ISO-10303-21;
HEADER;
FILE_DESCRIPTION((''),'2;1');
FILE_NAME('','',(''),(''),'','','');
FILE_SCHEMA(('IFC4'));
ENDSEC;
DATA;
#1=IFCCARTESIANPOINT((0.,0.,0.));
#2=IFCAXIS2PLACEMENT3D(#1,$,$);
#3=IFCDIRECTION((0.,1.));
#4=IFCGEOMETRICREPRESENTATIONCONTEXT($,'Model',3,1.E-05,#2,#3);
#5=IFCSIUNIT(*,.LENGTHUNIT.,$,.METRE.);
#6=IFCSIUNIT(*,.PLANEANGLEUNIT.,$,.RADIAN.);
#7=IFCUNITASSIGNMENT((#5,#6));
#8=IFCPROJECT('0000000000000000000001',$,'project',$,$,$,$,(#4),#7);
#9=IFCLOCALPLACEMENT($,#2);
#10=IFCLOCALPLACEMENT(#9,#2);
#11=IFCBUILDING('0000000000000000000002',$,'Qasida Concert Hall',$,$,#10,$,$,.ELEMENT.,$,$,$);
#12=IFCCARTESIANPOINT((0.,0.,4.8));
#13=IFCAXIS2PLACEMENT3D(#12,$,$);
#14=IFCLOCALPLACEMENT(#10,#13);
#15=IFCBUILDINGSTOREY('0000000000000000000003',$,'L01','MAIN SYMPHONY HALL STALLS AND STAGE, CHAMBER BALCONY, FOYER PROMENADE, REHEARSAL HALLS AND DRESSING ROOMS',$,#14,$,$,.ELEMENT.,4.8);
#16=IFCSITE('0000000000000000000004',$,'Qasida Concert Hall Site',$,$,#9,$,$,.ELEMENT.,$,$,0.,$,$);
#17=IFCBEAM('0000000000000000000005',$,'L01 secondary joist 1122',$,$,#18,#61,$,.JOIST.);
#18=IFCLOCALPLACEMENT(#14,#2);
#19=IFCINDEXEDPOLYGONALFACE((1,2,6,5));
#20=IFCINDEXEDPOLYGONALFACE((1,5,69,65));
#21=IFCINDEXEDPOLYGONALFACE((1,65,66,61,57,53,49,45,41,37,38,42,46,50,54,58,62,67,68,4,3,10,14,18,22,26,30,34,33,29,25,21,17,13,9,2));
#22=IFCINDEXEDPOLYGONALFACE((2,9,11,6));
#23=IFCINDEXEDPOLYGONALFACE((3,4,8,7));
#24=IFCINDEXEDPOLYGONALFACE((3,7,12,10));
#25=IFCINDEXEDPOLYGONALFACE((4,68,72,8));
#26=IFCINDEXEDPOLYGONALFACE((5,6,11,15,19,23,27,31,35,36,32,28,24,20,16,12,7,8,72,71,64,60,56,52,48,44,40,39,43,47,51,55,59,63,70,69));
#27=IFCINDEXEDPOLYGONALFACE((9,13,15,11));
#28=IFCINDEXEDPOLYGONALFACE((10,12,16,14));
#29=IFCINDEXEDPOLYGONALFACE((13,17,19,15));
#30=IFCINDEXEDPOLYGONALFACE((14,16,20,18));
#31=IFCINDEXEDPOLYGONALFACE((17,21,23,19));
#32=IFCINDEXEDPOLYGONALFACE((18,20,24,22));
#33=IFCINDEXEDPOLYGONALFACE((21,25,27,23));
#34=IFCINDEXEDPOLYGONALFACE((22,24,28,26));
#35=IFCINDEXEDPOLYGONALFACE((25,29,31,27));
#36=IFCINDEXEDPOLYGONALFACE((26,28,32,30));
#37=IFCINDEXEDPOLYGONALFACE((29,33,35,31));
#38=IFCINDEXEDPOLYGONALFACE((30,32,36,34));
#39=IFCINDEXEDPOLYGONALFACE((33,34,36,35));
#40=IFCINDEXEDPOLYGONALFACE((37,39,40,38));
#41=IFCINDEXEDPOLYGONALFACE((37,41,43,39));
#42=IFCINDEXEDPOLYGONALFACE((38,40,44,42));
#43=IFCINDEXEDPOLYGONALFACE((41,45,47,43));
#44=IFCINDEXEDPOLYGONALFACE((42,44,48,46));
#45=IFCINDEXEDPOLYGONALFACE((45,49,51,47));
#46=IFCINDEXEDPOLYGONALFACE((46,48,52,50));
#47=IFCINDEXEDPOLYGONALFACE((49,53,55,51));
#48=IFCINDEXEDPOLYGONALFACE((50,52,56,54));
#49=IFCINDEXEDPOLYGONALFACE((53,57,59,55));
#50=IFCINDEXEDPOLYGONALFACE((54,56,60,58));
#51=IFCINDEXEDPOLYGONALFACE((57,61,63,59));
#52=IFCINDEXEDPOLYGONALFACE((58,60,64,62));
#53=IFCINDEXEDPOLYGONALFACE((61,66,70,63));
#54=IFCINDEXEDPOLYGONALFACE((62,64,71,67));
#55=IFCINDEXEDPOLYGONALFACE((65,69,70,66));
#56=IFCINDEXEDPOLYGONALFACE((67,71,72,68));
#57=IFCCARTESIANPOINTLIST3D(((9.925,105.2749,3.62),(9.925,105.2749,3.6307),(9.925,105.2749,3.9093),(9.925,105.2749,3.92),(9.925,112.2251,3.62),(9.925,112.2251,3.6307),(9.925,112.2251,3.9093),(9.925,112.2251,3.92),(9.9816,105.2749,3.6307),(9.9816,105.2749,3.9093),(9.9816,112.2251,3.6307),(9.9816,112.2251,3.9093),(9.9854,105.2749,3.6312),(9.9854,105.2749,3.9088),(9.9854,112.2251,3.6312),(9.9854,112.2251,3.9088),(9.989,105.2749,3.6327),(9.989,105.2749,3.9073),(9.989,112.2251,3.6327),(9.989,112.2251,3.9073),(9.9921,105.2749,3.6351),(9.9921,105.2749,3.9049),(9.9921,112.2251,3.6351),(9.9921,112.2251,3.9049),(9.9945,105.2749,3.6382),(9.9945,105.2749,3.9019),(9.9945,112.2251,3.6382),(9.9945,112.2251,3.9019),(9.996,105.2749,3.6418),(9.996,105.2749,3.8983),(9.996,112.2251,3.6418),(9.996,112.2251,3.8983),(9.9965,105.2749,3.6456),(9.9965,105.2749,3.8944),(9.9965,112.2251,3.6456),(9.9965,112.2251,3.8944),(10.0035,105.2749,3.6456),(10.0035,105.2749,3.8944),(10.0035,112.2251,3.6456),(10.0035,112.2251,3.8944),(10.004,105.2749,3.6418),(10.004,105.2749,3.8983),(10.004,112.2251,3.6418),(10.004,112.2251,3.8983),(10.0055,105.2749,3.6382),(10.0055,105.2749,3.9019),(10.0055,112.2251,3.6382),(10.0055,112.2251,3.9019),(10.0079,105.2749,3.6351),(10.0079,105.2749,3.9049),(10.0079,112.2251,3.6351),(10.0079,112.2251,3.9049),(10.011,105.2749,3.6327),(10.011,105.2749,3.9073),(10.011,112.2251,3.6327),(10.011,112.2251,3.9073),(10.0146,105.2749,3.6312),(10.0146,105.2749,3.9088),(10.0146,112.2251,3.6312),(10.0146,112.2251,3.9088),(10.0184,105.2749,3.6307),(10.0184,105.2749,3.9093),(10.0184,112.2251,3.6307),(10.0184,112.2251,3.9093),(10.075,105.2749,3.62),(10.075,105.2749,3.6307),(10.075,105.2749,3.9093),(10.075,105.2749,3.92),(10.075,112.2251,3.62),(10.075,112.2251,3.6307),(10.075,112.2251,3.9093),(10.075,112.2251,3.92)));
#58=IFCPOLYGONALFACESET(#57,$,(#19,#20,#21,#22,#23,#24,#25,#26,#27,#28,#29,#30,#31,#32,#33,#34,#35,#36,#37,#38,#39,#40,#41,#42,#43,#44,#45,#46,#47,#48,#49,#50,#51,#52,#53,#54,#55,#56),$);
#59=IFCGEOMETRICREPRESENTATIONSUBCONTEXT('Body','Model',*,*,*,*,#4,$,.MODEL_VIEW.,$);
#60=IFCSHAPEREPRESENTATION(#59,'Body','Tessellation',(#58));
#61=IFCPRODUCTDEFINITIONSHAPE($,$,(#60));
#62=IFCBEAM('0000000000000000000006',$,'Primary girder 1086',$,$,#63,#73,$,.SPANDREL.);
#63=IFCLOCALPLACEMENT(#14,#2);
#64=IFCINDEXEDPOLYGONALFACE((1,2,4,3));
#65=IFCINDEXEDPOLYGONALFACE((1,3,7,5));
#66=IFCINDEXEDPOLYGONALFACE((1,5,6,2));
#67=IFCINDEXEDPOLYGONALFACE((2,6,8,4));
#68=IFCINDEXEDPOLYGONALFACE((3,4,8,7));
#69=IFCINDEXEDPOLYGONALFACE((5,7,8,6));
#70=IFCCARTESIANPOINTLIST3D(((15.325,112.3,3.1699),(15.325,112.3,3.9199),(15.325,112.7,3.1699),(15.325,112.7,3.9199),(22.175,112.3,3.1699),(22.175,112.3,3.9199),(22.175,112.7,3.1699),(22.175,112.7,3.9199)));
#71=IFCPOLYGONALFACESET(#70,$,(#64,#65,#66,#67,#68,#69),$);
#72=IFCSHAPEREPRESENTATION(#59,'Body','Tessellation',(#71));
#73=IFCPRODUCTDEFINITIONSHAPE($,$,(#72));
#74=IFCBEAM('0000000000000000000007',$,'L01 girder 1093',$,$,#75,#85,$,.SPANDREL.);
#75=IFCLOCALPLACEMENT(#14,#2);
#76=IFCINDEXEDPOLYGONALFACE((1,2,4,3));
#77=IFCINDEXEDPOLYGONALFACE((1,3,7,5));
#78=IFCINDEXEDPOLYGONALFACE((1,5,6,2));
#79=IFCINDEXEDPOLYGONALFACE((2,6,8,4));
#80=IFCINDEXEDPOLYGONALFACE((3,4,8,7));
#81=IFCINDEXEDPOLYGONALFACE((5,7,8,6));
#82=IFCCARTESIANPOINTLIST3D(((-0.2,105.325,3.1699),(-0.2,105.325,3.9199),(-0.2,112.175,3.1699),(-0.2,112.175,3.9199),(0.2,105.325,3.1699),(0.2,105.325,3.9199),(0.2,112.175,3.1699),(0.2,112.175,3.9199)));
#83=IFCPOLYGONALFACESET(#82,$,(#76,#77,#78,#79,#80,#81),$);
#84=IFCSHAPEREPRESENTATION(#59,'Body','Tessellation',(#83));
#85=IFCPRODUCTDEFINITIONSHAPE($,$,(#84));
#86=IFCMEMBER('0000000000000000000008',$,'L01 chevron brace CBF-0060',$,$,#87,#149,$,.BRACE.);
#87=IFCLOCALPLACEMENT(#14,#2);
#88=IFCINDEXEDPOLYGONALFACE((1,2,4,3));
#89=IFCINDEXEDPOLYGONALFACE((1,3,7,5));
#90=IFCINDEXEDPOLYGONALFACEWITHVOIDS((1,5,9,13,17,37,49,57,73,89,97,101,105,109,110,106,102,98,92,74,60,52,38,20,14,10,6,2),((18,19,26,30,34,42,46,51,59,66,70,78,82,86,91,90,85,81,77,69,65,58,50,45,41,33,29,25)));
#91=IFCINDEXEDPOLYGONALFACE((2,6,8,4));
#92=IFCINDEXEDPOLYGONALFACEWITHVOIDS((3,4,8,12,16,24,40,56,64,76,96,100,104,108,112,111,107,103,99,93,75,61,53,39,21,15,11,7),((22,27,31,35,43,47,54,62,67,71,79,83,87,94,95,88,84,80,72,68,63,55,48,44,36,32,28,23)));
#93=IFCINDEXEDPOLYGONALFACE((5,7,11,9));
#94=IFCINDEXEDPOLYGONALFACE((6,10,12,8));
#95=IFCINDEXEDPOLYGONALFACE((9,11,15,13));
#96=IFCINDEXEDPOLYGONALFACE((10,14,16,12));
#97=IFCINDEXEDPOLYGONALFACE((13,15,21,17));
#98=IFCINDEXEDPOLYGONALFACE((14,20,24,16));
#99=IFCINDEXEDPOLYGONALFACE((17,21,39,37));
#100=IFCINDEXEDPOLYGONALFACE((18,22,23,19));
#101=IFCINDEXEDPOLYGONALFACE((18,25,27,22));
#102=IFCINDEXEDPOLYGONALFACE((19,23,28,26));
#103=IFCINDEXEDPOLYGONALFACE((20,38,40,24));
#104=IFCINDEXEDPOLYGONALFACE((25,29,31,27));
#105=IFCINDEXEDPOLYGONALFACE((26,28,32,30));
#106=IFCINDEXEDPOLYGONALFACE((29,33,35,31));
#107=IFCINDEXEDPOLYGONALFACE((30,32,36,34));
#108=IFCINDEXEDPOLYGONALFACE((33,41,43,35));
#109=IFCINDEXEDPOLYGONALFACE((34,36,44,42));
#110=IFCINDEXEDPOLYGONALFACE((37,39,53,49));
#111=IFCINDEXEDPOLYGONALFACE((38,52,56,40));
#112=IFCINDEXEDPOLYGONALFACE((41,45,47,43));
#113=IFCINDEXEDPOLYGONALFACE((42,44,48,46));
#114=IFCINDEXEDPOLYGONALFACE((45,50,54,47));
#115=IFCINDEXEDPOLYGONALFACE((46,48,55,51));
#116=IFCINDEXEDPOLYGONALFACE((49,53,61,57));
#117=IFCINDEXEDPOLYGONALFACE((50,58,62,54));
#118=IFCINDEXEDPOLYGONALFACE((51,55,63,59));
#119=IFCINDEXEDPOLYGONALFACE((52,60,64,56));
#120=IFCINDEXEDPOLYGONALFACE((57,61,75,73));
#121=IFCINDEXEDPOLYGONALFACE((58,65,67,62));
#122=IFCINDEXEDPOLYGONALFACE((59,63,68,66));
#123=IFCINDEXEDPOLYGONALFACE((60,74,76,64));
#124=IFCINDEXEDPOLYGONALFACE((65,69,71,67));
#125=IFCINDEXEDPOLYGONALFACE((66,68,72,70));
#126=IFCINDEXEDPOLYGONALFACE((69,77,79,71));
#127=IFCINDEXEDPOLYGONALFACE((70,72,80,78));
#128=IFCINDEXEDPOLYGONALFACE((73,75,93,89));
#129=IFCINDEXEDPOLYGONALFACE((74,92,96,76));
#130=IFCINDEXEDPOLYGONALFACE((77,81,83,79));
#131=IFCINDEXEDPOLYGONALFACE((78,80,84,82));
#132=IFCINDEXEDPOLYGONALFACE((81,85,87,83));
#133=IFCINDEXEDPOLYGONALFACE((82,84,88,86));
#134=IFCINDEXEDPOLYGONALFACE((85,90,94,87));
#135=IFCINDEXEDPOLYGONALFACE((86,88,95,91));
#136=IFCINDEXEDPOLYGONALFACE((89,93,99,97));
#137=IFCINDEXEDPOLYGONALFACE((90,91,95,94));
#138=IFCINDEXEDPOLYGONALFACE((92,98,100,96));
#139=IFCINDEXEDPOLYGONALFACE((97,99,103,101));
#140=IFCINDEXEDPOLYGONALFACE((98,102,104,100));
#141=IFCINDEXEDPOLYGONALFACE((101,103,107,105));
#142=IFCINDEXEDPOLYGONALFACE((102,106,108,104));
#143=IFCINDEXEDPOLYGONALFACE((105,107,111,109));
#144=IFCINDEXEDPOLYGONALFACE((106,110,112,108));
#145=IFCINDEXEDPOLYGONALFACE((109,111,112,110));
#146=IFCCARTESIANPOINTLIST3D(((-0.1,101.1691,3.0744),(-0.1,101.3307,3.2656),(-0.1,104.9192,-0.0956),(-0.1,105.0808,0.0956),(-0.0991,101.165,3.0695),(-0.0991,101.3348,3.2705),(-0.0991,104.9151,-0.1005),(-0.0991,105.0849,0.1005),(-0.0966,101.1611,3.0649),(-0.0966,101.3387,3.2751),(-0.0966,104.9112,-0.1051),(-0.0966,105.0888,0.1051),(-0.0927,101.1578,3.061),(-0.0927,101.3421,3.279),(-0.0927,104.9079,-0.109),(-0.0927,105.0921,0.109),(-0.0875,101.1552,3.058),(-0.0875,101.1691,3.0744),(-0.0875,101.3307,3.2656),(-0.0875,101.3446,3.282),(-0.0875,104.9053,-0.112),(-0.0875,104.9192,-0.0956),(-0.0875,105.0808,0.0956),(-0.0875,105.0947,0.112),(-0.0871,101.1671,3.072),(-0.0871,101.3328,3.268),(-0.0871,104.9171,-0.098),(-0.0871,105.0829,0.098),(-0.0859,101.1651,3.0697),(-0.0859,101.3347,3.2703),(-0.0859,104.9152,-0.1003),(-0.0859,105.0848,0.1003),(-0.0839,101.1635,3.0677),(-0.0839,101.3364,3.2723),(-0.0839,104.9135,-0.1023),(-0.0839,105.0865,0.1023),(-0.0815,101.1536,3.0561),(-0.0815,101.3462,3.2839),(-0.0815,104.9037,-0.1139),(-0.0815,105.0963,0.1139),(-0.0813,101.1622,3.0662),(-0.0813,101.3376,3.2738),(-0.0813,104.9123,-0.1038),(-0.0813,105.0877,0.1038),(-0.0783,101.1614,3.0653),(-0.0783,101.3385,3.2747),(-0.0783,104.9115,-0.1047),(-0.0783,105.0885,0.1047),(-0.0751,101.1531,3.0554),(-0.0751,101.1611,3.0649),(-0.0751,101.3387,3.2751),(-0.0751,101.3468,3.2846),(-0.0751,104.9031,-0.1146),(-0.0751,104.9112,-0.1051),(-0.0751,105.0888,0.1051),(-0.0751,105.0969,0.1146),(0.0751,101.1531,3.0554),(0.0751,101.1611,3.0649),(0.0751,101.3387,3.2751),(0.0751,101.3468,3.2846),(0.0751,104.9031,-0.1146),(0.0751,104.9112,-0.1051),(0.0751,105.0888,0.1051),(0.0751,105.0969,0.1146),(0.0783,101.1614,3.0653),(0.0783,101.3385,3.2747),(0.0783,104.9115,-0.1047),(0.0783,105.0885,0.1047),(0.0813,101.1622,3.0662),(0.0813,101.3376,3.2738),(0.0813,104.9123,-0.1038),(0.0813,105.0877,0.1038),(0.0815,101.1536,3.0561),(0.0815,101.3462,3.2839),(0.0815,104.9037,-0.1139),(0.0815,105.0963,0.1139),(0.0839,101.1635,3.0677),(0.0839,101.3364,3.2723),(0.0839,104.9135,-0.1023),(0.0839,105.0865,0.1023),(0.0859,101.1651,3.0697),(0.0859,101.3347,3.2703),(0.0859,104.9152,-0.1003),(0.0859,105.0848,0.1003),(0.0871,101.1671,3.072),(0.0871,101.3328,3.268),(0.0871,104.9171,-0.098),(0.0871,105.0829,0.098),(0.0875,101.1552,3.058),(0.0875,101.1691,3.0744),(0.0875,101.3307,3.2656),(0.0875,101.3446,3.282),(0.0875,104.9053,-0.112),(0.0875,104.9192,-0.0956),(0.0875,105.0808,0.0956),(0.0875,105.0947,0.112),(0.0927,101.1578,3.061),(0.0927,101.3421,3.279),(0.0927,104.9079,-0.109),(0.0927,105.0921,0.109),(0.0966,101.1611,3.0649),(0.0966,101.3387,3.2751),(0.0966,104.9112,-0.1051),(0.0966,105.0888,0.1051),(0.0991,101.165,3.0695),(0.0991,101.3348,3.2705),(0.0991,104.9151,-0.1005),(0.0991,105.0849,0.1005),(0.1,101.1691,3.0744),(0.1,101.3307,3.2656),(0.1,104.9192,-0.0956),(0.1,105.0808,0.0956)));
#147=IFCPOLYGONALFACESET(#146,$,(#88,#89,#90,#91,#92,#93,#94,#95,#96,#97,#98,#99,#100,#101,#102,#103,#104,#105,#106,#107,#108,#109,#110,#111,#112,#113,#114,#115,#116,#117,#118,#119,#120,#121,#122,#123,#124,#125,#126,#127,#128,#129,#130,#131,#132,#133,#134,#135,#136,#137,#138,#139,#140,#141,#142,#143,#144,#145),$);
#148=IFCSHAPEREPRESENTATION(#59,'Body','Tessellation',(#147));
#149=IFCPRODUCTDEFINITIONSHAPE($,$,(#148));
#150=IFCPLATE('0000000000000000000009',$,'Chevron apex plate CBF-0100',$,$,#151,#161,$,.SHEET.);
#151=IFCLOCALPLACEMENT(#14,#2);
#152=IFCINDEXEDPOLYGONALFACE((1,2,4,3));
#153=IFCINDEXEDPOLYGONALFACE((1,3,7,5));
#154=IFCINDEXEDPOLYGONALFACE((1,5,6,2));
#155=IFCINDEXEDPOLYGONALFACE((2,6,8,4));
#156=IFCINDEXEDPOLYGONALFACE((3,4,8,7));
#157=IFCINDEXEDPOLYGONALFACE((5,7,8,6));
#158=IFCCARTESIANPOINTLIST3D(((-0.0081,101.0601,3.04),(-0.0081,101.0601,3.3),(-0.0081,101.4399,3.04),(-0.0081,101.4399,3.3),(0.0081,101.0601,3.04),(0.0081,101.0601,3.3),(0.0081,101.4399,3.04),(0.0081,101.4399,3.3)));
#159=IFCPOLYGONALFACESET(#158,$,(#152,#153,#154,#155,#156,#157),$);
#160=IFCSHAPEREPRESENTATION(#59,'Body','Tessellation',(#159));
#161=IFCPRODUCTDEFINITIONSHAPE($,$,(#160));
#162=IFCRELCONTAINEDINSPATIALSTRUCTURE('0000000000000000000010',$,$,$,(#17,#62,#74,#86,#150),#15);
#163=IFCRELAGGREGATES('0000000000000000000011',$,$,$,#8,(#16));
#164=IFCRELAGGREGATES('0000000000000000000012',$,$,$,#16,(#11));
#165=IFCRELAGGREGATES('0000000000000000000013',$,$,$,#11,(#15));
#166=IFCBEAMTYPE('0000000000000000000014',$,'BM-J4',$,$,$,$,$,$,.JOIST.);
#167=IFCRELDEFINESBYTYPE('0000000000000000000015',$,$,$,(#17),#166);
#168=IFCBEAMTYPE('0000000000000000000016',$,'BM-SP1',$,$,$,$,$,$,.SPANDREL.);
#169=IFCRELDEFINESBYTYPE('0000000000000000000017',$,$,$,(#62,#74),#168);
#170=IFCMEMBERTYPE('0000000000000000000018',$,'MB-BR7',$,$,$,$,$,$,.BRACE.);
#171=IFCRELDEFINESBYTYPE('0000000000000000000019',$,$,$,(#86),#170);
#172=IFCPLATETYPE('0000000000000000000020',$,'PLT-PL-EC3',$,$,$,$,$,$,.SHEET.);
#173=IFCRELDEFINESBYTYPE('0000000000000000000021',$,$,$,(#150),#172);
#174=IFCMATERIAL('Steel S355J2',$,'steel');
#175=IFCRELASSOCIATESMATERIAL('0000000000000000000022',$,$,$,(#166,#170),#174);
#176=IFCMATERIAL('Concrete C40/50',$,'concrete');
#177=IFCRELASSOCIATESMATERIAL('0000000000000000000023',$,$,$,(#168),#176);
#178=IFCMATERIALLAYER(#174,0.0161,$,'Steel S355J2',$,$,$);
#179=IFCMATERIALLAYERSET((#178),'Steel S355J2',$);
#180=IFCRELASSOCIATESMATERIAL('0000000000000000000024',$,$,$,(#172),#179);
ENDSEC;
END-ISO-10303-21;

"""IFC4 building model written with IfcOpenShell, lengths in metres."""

from ifc_helpers import new_model, si_unit, direction, frame, origin, origin_2d, place, context, subcontext, project, spatial, rectangle, hollow_rectangle, i_section, extrude, material, layer, layer_set, material_profile, profile_set, type_object, element, save


model = new_model("IFC4")

# Units and contexts
model_context = context("Model", 3, precision=1e-05, world=origin(), true_north=direction((0.0, 1.0)))
body_context = subcontext(model_context, "Body", "Model", "MODEL_VIEW")
ifc_project = project(units=[si_unit("LENGTHUNIT", "METRE"), si_unit("PLANEANGLEUNIT", "RADIAN")], contexts=[model_context])

# Site, building, storey
site_placement = place(None, origin())
site = spatial("IfcSite", under=ifc_project, at=site_placement, Name="Qasida Concert Hall Site", CompositionType="ELEMENT", RefElevation=0.0)
building_placement = place(site_placement, origin())
building = spatial("IfcBuilding", under=site, at=building_placement, Name="Qasida Concert Hall", CompositionType="ELEMENT")
storey_placement = place(building_placement, frame((0.0, 0.0, 4.8)))
storey = spatial("IfcBuildingStorey", under=building, at=storey_placement, Name="L01", Description="MAIN SYMPHONY HALL STALLS AND STAGE, CHAMBER BALCONY, FOYER PROMENADE, REHEARSAL HALLS AND DRESSING ROOMS", CompositionType="ELEMENT", Elevation=4.8)

# Beams
ifc_material_1 = material(Name="Concrete C40/50", Category="concrete")
ifc_material_2 = material(Name="Steel S355J2", Category="steel")
ifc_material_profile_1 = material_profile(ifc_material_2, i_section(OverallWidth=0.1499, OverallDepth=0.3, WebThickness=0.0071, FlangeThickness=0.0107, FilletRadius=0.0149, at=origin_2d()), Name="IPE 300")
ifc_profile_set_1 = profile_set([ifc_material_profile_1], Name="Steel S355J2")
beam_type_1 = type_object("IfcBeamType", Name="BM-J4", PredefinedType="JOIST", material=ifc_profile_set_1)
beam_1_placement = place(storey_placement, frame((10.0, 105.2749, 3.77), z_axis=(0.0, 1.0, 0.0), x_axis=(-1.0, 0.0, 0.0)))
element("IfcBeam", 1, at=beam_1_placement, inside=storey, type_object=beam_type_1, Name="L01 secondary joist 1122", PredefinedType="JOIST", context=body_context, shape_type="SweptSolid", body=[
    extrude(i_section(OverallWidth=0.1499, OverallDepth=0.3, WebThickness=0.0071, FlangeThickness=0.0107, FilletRadius=0.0149, at=origin_2d()), origin(), (0.0, 0.0, 1.0), 6.9502),
])
ifc_material_profile_2 = material_profile(ifc_material_1, rectangle(XDim=0.3999, YDim=0.75, at=origin_2d()), Name="RC 400x750")
ifc_profile_set_2 = profile_set([ifc_material_profile_2], Name="Concrete C40/50")
beam_type_2 = type_object("IfcBeamType", Name="BM-SP1", PredefinedType="SPANDREL", material=ifc_profile_set_2)
for number, where, z_axis, x_axis, name in (
    (2, (15.325, 112.5, 3.5449), (1.0, 0.0, 0.0), (0.0, 1.0, 0.0), "Primary girder 1086"),
    (3, (0.0, 105.325, 3.5449), (0.0, 1.0, 0.0), (-1.0, 0.0, 0.0), "L01 girder 1093"),
):
    element("IfcBeam", number, at=place(storey_placement, frame(where, z_axis=z_axis, x_axis=x_axis)), inside=storey, type_object=beam_type_2, Name=name, PredefinedType="SPANDREL", context=body_context, shape_type="SweptSolid", body=[
        extrude(rectangle(XDim=0.3999, YDim=0.75, at=origin_2d()), origin(), (0.0, 0.0, 1.0), 6.8501),
    ])

# Member
ifc_material_profile_3 = material_profile(ifc_material_2, hollow_rectangle(XDim=0.2, YDim=0.3, WallThickness=0.0125, InnerFilletRadius=0.0125, OuterFilletRadius=0.0249, at=origin_2d()), Name="RHS 300x200x12.5")
ifc_profile_set_3 = profile_set([ifc_material_profile_3], Name="Steel S355J2")
member_type = type_object("IfcMemberType", Name="MB-BR7", PredefinedType="BRACE", material=ifc_profile_set_3)
member_placement = place(storey_placement, frame((0.0, 105.0, 0.0), z_axis=(0.0, -0.763703, 0.645568), x_axis=(1.0, 0.0, 0.0)))
element("IfcMember", 4, at=member_placement, inside=storey, type_object=member_type, Name="L01 chevron brace CBF-0060", PredefinedType="BRACE", context=body_context, shape_type="SweptSolid", body=[
    extrude(hollow_rectangle(XDim=0.2, YDim=0.3, WallThickness=0.0125, InnerFilletRadius=0.0125, OuterFilletRadius=0.0249, at=origin_2d()), origin(), (0.0, 0.0, 1.0), 4.9104),
])

# Plate
ifc_layer_1 = layer(ifc_material_2, 0.0161, Name="Steel S355J2")
ifc_layer_set_1 = layer_set([ifc_layer_1], Name="Steel S355J2")
plate_type = type_object("IfcPlateType", Name="PLT-PL-EC3", PredefinedType="SHEET", material=ifc_layer_set_1)
plate_placement = place(storey_placement, frame((0.0, 101.25, 3.04), z_axis=(0.0, 0.0, 1.0), x_axis=(0.0, 1.0, 0.0)))
element("IfcPlate", 5, at=plate_placement, inside=storey, type_object=plate_type, Name="Chevron apex plate CBF-0100", PredefinedType="SHEET", context=body_context, shape_type="SweptSolid", body=[
    extrude(rectangle(XDim=0.3799, YDim=0.0161, at=origin_2d()), origin(), (0.0, 0.0, 1.0), 0.26),
])

save(model, "model.ifc")
